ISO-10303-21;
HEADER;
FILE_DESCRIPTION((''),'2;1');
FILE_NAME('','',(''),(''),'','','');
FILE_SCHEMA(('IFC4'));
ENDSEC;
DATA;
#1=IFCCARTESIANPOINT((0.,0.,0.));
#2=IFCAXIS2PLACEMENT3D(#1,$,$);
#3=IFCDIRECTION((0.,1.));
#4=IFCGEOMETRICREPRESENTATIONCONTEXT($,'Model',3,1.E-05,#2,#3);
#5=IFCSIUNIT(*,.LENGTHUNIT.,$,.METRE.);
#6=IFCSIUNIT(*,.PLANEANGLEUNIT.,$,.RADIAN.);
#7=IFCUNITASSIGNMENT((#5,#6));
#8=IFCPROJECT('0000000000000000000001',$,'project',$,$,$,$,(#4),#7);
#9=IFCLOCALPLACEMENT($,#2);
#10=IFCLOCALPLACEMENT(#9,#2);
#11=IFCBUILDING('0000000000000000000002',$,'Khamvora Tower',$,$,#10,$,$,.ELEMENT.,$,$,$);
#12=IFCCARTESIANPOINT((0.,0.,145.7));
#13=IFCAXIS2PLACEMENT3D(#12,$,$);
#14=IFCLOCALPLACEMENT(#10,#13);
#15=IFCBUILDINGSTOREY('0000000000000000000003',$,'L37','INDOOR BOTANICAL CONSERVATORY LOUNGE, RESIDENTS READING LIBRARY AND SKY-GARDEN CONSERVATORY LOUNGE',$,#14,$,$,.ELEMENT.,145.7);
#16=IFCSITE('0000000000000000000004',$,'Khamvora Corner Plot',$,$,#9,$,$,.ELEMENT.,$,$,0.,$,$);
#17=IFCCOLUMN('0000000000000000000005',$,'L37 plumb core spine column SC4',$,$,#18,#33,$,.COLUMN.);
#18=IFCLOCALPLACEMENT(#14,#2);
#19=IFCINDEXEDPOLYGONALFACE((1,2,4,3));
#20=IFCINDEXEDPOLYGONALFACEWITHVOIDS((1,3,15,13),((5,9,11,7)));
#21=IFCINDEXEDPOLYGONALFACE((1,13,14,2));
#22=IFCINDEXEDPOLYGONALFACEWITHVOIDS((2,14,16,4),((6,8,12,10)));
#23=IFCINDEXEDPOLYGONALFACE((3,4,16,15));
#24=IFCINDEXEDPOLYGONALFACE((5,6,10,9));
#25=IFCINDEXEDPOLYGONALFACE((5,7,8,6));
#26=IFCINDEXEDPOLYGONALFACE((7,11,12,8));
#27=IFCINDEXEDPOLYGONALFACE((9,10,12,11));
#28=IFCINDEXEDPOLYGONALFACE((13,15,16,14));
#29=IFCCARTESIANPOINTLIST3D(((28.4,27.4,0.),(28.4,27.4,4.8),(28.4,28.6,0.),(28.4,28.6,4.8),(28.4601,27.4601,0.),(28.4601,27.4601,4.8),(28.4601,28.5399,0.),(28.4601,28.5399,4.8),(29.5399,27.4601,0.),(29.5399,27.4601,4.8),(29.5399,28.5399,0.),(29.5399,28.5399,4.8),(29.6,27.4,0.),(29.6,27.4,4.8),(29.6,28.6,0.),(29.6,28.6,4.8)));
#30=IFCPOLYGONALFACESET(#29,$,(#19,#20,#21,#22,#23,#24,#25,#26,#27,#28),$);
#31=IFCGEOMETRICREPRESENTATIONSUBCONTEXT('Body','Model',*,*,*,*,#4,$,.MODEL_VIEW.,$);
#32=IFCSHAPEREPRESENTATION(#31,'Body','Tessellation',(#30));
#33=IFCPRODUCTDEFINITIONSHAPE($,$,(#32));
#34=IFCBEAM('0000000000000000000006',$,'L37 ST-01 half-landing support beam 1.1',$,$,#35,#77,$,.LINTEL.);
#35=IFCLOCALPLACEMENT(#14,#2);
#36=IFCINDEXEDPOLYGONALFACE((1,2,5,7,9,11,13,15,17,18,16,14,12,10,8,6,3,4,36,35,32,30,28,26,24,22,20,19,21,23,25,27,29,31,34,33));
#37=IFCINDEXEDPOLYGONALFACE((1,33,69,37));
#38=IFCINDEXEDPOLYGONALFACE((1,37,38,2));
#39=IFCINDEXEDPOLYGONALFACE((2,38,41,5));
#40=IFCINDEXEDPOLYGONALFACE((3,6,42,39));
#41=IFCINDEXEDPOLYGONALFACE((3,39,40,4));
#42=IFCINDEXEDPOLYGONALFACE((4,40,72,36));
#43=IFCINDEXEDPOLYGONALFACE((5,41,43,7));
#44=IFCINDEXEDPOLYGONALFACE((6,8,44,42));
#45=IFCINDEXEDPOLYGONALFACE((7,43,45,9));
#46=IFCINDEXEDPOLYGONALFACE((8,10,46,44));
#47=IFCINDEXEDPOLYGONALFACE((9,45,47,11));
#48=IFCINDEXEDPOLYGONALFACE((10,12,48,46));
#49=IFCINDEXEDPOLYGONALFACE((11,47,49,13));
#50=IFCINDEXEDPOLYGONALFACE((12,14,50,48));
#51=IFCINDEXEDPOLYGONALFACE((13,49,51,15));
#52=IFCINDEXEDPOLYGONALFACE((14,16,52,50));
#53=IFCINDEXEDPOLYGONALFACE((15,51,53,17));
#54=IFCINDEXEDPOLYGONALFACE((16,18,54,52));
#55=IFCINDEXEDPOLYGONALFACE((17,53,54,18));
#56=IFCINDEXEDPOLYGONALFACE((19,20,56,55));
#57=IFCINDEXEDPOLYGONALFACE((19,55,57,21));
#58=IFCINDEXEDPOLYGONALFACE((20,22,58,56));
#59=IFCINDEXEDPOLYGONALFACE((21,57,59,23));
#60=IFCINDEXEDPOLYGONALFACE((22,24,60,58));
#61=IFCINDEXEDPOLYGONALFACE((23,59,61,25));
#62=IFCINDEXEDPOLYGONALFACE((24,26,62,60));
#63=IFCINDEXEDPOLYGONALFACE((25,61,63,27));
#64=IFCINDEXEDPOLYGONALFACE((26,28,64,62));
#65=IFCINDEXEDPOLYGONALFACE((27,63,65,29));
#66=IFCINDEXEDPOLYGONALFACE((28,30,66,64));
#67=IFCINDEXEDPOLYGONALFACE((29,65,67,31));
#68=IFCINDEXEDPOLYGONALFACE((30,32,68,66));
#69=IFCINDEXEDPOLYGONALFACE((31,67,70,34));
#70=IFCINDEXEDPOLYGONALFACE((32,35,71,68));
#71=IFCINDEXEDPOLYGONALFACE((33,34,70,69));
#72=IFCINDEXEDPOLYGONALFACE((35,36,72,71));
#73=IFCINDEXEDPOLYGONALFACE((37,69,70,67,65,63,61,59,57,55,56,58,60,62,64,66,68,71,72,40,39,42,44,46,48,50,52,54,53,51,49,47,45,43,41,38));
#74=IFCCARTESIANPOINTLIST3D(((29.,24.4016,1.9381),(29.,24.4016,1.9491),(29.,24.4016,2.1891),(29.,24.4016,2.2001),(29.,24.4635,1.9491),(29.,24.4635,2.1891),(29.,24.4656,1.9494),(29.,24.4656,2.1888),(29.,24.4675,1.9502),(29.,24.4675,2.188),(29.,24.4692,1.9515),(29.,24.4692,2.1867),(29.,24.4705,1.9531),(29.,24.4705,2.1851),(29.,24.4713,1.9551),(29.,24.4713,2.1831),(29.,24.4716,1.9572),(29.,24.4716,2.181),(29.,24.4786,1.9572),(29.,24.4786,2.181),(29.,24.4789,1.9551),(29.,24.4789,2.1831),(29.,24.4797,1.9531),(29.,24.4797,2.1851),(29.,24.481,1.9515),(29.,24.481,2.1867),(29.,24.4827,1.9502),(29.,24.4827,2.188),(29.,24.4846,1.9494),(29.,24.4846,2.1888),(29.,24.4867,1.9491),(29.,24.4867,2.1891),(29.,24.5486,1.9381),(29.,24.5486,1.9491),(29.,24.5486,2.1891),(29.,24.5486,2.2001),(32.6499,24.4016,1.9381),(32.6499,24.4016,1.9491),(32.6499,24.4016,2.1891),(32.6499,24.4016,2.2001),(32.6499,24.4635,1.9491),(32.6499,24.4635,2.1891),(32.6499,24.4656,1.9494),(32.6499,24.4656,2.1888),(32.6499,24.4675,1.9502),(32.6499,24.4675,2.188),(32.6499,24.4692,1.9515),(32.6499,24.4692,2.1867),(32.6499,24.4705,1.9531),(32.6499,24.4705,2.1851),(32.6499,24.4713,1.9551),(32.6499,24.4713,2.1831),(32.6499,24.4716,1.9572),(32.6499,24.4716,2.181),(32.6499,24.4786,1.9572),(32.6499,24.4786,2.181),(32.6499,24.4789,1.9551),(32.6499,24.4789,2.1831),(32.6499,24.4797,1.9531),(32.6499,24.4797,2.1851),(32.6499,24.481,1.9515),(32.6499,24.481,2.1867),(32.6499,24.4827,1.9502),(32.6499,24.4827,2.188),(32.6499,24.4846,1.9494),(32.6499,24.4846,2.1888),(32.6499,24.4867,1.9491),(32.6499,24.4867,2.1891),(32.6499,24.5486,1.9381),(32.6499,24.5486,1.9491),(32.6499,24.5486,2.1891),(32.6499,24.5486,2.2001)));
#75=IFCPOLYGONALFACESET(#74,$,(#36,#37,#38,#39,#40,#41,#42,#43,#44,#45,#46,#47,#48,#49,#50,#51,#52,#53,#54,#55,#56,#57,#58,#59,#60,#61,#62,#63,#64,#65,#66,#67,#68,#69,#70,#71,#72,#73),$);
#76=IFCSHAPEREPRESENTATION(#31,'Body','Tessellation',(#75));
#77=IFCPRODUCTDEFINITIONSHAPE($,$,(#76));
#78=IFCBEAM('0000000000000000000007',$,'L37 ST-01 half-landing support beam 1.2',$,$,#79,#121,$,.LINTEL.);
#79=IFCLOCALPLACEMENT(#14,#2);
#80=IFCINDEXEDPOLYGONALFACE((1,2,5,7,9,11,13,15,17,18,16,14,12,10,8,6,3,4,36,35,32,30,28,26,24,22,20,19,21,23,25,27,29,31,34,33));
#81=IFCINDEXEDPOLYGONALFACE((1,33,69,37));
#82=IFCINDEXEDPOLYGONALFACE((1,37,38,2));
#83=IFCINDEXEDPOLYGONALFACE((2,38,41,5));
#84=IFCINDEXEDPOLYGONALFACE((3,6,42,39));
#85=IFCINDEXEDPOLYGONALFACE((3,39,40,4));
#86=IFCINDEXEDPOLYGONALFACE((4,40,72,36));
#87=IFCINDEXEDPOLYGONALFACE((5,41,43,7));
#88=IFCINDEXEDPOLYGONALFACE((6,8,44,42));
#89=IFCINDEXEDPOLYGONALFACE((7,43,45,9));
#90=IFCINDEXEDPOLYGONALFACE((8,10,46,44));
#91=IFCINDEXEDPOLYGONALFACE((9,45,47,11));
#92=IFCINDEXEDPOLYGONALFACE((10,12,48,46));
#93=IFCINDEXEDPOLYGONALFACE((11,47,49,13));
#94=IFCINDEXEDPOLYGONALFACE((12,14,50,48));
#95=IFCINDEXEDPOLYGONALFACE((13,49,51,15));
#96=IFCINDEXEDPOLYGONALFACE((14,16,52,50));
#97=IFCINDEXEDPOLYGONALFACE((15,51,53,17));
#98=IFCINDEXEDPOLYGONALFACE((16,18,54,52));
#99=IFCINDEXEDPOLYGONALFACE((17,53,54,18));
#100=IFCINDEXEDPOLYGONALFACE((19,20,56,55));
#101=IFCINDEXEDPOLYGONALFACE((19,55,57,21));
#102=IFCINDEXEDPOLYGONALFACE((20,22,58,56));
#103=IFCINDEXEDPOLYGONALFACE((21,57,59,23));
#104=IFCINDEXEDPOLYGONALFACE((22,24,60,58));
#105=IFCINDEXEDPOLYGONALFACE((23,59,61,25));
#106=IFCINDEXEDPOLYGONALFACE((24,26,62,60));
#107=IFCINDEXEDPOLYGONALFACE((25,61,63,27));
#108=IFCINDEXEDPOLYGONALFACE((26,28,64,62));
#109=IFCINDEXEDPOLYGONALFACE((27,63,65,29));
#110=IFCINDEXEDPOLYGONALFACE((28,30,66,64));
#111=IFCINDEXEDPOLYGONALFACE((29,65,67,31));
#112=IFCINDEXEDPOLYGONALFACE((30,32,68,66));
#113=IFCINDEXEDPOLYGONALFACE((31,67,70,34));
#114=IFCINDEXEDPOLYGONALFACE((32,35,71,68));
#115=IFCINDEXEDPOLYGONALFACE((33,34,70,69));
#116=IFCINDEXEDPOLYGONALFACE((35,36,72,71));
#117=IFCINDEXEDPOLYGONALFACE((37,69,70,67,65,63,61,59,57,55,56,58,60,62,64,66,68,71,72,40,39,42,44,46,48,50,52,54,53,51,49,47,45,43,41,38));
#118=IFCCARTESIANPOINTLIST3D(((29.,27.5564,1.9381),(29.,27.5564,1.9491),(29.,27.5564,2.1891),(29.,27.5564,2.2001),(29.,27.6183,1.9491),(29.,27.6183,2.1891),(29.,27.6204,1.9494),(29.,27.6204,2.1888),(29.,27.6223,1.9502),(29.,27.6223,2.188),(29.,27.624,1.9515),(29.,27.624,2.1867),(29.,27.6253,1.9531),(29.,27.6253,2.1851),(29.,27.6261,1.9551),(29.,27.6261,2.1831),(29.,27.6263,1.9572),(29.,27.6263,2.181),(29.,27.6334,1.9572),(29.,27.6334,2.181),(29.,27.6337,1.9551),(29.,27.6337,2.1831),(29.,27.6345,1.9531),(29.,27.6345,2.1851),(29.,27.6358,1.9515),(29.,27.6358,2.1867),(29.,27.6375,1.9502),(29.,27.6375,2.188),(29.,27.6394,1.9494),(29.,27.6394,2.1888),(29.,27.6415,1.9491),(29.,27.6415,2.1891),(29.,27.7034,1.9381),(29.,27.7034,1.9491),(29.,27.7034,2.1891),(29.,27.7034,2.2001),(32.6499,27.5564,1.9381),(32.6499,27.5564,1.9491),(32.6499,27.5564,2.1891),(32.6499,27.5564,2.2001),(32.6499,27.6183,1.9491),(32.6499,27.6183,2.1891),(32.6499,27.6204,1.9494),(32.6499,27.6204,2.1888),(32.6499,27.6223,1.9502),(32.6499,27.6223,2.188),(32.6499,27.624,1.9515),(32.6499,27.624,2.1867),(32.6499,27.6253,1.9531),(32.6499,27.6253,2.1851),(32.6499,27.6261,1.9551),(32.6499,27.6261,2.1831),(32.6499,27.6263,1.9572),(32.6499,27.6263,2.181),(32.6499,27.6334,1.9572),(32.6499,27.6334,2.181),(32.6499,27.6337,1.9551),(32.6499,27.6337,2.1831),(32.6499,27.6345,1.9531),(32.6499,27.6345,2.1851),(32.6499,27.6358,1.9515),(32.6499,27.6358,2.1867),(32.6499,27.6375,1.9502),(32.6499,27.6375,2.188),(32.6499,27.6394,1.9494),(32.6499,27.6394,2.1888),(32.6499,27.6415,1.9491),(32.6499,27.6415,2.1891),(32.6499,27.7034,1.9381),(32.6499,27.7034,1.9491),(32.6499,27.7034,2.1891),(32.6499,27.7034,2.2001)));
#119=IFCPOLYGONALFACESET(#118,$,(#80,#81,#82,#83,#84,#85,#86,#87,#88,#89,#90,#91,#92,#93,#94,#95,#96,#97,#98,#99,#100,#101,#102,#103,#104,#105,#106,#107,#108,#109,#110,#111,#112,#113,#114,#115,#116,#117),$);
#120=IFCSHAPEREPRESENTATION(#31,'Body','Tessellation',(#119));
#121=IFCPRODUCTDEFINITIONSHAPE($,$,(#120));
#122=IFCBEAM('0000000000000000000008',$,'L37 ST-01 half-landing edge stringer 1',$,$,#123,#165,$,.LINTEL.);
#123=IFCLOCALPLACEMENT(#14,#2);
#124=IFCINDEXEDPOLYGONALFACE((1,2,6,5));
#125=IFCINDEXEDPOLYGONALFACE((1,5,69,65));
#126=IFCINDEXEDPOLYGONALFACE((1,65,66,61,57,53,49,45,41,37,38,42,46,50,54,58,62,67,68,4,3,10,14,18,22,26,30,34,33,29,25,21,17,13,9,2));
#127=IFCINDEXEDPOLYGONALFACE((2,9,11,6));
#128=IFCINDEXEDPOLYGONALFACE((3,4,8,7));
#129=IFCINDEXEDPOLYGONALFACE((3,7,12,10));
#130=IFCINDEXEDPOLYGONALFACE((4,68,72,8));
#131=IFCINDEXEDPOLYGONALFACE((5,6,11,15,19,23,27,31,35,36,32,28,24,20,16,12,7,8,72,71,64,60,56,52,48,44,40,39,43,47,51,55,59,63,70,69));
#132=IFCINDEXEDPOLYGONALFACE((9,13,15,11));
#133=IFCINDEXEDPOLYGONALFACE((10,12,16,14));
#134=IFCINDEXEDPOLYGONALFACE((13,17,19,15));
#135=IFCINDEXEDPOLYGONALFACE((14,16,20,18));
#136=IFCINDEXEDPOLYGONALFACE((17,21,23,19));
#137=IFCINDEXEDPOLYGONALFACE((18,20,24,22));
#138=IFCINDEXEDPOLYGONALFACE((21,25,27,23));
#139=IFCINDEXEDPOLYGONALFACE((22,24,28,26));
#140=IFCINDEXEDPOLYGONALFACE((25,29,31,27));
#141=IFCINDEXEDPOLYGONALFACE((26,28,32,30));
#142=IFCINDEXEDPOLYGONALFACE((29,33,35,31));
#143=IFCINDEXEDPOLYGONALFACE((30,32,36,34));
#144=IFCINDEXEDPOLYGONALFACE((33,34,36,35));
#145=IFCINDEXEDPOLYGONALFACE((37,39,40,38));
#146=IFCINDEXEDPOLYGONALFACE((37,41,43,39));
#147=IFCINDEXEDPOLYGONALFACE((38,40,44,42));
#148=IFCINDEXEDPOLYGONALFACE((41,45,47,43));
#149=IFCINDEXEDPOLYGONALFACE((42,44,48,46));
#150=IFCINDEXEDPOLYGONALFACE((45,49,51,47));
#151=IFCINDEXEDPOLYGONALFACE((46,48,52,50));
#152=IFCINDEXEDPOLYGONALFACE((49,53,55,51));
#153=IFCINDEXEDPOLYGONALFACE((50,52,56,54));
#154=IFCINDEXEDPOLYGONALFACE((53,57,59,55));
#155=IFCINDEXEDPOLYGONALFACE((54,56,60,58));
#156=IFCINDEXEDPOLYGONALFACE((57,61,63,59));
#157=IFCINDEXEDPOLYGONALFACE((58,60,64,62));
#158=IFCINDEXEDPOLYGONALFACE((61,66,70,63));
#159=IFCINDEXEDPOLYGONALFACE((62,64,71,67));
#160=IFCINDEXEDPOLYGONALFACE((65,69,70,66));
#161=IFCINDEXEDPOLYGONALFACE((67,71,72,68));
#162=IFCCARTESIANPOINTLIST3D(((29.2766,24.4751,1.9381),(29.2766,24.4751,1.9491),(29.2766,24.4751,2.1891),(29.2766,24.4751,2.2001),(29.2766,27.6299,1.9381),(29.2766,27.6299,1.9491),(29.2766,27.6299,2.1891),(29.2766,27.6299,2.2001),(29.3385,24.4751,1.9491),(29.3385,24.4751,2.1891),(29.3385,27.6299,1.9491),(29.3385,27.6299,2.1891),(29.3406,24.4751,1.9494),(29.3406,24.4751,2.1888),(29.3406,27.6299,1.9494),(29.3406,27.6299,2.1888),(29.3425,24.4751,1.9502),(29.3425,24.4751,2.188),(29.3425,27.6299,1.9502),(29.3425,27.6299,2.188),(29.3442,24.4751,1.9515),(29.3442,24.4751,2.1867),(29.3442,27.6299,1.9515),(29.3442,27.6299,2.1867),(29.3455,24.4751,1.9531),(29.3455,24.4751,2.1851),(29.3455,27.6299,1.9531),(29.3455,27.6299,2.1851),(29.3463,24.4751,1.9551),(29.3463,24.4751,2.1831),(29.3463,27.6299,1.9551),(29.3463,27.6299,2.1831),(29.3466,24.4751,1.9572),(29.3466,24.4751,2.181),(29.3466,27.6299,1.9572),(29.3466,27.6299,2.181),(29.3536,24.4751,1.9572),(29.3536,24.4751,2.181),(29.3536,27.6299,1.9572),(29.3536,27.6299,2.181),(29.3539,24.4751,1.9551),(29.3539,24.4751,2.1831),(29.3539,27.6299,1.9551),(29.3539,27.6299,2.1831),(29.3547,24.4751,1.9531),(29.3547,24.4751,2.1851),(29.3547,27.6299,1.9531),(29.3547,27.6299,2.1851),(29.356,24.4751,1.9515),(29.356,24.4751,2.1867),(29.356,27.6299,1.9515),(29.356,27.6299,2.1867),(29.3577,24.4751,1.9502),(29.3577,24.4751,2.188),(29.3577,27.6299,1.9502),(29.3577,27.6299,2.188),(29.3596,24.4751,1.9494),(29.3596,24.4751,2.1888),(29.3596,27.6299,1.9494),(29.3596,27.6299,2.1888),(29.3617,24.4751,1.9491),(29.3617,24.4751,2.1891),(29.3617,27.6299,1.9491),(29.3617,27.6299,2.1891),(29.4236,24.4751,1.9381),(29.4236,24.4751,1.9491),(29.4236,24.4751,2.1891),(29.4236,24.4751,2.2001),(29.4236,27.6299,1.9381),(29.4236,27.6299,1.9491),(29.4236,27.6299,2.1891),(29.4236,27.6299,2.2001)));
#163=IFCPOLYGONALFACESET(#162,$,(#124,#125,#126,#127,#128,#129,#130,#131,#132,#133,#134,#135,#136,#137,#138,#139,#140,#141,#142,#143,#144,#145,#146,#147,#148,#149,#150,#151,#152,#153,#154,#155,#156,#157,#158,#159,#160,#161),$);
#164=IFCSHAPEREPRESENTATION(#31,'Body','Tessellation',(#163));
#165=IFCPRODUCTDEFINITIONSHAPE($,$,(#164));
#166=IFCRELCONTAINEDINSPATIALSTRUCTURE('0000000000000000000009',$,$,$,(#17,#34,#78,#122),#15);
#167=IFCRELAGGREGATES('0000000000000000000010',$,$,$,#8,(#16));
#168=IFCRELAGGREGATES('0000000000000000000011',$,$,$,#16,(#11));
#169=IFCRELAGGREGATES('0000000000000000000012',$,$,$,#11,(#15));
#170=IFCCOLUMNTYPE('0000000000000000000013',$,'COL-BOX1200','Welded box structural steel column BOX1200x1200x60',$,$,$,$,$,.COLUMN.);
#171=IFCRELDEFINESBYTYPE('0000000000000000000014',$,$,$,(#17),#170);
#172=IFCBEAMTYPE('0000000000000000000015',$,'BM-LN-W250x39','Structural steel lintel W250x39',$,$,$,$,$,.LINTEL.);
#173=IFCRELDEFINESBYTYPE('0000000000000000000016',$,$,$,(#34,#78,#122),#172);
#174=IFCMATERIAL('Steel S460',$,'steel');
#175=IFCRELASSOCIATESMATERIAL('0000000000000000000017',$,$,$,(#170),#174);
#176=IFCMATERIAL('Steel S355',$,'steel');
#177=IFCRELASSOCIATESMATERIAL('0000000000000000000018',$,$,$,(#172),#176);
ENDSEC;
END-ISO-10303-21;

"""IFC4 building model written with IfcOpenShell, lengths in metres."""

from ifc_helpers import new_model, si_unit, direction, frame, origin, origin_2d, place, context, subcontext, project, spatial, hollow_rectangle, i_section, extrude, material, material_profile, profile_set, type_object, element, save


model = new_model("IFC4")

# Units and contexts
model_context = context("Model", 3, precision=1e-05, world=origin(), true_north=direction((0.0, 1.0)))
body_context = subcontext(model_context, "Body", "Model", "MODEL_VIEW")
ifc_project = project(units=[si_unit("LENGTHUNIT", "METRE"), si_unit("PLANEANGLEUNIT", "RADIAN")], contexts=[model_context])

# Site, building, storey
site_placement = place(None, origin())
site = spatial("IfcSite", under=ifc_project, at=site_placement, Name="Khamvora Corner Plot", CompositionType="ELEMENT", RefElevation=0.0)
building_placement = place(site_placement, origin())
building = spatial("IfcBuilding", under=site, at=building_placement, Name="Khamvora Tower", CompositionType="ELEMENT")
storey_placement = place(building_placement, frame((0.0, 0.0, 145.7)))
storey = spatial("IfcBuildingStorey", under=building, at=storey_placement, Name="L37", Description="INDOOR BOTANICAL CONSERVATORY LOUNGE, RESIDENTS READING LIBRARY AND SKY-GARDEN CONSERVATORY LOUNGE", CompositionType="ELEMENT", Elevation=145.7)

# Column
ifc_material_1 = material(Name="Steel S460", Category="steel")
ifc_material_profile_1 = material_profile(ifc_material_1, hollow_rectangle(XDim=1.2, YDim=1.2, WallThickness=0.0601, at=origin_2d()), Name="BOX1200x1200x60")
ifc_profile_set_1 = profile_set([ifc_material_profile_1], Name="Steel S460")
column_type = type_object("IfcColumnType", Name="COL-BOX1200", Description="Welded box structural steel column BOX1200x1200x60", PredefinedType="COLUMN", material=ifc_profile_set_1)
column_placement = place(storey_placement, frame((29.0, 28.0, 0.0), z_axis=(0.0, 0.0, 1.0), x_axis=(1.0, 0.0, 0.0)))
element("IfcColumn", 1, at=column_placement, inside=storey, type_object=column_type, Name="L37 plumb core spine column SC4", PredefinedType="COLUMN", context=body_context, shape_type="SweptSolid", body=[
    extrude(hollow_rectangle(XDim=1.2, YDim=1.2, WallThickness=0.0601, at=origin_2d()), origin(), (0.0, 0.0, 1.0), 4.8),
])

# Beams
ifc_material_2 = material(Name="Steel S355", Category="steel")
ifc_material_profile_2 = material_profile(ifc_material_2, i_section(OverallWidth=0.147, OverallDepth=0.262, WebThickness=0.0071, FlangeThickness=0.011, FilletRadius=0.0081, at=origin_2d()), Name="W250x39")
ifc_profile_set_2 = profile_set([ifc_material_profile_2], Name="Steel S355")
beam_type_1 = type_object("IfcBeamType", Name="BM-LN-W250x39", Description="Structural steel lintel W250x39", PredefinedType="LINTEL", material=ifc_profile_set_2)
for number, where, z_axis, x_axis, name in (
    (2, (29.0, 24.4751, 2.0691), (1.0, 0.0, 0.0), (0.0, 1.0, 0.0), "L37 ST-01 half-landing support beam 1.1"),
    (3, (29.0, 27.6299, 2.0691), (1.0, 0.0, 0.0), (0.0, 1.0, 0.0), "L37 ST-01 half-landing support beam 1.2"),
):
    element("IfcBeam", number, at=place(storey_placement, frame(where, z_axis=z_axis, x_axis=x_axis)), inside=storey, type_object=beam_type_1, Name=name, PredefinedType="LINTEL", context=body_context, shape_type="SweptSolid", body=[
        extrude(i_section(OverallWidth=0.147, OverallDepth=0.262, WebThickness=0.0071, FlangeThickness=0.011, FilletRadius=0.0081, at=origin_2d()), origin(), (0.0, 0.0, 1.0), 3.6499),
    ])
beam_1_placement = place(storey_placement, frame((29.3501, 24.4751, 2.0691), z_axis=(0.0, 1.0, 0.0), x_axis=(-1.0, 0.0, 0.0)))
element("IfcBeam", 4, at=beam_1_placement, inside=storey, type_object=beam_type_1, Name="L37 ST-01 half-landing edge stringer 1", PredefinedType="LINTEL", context=body_context, shape_type="SweptSolid", body=[
    extrude(i_section(OverallWidth=0.147, OverallDepth=0.262, WebThickness=0.0071, FlangeThickness=0.011, FilletRadius=0.0081, at=origin_2d()), origin(), (0.0, 0.0, 1.0), 3.1548),
])

save(model, "model.ifc")
